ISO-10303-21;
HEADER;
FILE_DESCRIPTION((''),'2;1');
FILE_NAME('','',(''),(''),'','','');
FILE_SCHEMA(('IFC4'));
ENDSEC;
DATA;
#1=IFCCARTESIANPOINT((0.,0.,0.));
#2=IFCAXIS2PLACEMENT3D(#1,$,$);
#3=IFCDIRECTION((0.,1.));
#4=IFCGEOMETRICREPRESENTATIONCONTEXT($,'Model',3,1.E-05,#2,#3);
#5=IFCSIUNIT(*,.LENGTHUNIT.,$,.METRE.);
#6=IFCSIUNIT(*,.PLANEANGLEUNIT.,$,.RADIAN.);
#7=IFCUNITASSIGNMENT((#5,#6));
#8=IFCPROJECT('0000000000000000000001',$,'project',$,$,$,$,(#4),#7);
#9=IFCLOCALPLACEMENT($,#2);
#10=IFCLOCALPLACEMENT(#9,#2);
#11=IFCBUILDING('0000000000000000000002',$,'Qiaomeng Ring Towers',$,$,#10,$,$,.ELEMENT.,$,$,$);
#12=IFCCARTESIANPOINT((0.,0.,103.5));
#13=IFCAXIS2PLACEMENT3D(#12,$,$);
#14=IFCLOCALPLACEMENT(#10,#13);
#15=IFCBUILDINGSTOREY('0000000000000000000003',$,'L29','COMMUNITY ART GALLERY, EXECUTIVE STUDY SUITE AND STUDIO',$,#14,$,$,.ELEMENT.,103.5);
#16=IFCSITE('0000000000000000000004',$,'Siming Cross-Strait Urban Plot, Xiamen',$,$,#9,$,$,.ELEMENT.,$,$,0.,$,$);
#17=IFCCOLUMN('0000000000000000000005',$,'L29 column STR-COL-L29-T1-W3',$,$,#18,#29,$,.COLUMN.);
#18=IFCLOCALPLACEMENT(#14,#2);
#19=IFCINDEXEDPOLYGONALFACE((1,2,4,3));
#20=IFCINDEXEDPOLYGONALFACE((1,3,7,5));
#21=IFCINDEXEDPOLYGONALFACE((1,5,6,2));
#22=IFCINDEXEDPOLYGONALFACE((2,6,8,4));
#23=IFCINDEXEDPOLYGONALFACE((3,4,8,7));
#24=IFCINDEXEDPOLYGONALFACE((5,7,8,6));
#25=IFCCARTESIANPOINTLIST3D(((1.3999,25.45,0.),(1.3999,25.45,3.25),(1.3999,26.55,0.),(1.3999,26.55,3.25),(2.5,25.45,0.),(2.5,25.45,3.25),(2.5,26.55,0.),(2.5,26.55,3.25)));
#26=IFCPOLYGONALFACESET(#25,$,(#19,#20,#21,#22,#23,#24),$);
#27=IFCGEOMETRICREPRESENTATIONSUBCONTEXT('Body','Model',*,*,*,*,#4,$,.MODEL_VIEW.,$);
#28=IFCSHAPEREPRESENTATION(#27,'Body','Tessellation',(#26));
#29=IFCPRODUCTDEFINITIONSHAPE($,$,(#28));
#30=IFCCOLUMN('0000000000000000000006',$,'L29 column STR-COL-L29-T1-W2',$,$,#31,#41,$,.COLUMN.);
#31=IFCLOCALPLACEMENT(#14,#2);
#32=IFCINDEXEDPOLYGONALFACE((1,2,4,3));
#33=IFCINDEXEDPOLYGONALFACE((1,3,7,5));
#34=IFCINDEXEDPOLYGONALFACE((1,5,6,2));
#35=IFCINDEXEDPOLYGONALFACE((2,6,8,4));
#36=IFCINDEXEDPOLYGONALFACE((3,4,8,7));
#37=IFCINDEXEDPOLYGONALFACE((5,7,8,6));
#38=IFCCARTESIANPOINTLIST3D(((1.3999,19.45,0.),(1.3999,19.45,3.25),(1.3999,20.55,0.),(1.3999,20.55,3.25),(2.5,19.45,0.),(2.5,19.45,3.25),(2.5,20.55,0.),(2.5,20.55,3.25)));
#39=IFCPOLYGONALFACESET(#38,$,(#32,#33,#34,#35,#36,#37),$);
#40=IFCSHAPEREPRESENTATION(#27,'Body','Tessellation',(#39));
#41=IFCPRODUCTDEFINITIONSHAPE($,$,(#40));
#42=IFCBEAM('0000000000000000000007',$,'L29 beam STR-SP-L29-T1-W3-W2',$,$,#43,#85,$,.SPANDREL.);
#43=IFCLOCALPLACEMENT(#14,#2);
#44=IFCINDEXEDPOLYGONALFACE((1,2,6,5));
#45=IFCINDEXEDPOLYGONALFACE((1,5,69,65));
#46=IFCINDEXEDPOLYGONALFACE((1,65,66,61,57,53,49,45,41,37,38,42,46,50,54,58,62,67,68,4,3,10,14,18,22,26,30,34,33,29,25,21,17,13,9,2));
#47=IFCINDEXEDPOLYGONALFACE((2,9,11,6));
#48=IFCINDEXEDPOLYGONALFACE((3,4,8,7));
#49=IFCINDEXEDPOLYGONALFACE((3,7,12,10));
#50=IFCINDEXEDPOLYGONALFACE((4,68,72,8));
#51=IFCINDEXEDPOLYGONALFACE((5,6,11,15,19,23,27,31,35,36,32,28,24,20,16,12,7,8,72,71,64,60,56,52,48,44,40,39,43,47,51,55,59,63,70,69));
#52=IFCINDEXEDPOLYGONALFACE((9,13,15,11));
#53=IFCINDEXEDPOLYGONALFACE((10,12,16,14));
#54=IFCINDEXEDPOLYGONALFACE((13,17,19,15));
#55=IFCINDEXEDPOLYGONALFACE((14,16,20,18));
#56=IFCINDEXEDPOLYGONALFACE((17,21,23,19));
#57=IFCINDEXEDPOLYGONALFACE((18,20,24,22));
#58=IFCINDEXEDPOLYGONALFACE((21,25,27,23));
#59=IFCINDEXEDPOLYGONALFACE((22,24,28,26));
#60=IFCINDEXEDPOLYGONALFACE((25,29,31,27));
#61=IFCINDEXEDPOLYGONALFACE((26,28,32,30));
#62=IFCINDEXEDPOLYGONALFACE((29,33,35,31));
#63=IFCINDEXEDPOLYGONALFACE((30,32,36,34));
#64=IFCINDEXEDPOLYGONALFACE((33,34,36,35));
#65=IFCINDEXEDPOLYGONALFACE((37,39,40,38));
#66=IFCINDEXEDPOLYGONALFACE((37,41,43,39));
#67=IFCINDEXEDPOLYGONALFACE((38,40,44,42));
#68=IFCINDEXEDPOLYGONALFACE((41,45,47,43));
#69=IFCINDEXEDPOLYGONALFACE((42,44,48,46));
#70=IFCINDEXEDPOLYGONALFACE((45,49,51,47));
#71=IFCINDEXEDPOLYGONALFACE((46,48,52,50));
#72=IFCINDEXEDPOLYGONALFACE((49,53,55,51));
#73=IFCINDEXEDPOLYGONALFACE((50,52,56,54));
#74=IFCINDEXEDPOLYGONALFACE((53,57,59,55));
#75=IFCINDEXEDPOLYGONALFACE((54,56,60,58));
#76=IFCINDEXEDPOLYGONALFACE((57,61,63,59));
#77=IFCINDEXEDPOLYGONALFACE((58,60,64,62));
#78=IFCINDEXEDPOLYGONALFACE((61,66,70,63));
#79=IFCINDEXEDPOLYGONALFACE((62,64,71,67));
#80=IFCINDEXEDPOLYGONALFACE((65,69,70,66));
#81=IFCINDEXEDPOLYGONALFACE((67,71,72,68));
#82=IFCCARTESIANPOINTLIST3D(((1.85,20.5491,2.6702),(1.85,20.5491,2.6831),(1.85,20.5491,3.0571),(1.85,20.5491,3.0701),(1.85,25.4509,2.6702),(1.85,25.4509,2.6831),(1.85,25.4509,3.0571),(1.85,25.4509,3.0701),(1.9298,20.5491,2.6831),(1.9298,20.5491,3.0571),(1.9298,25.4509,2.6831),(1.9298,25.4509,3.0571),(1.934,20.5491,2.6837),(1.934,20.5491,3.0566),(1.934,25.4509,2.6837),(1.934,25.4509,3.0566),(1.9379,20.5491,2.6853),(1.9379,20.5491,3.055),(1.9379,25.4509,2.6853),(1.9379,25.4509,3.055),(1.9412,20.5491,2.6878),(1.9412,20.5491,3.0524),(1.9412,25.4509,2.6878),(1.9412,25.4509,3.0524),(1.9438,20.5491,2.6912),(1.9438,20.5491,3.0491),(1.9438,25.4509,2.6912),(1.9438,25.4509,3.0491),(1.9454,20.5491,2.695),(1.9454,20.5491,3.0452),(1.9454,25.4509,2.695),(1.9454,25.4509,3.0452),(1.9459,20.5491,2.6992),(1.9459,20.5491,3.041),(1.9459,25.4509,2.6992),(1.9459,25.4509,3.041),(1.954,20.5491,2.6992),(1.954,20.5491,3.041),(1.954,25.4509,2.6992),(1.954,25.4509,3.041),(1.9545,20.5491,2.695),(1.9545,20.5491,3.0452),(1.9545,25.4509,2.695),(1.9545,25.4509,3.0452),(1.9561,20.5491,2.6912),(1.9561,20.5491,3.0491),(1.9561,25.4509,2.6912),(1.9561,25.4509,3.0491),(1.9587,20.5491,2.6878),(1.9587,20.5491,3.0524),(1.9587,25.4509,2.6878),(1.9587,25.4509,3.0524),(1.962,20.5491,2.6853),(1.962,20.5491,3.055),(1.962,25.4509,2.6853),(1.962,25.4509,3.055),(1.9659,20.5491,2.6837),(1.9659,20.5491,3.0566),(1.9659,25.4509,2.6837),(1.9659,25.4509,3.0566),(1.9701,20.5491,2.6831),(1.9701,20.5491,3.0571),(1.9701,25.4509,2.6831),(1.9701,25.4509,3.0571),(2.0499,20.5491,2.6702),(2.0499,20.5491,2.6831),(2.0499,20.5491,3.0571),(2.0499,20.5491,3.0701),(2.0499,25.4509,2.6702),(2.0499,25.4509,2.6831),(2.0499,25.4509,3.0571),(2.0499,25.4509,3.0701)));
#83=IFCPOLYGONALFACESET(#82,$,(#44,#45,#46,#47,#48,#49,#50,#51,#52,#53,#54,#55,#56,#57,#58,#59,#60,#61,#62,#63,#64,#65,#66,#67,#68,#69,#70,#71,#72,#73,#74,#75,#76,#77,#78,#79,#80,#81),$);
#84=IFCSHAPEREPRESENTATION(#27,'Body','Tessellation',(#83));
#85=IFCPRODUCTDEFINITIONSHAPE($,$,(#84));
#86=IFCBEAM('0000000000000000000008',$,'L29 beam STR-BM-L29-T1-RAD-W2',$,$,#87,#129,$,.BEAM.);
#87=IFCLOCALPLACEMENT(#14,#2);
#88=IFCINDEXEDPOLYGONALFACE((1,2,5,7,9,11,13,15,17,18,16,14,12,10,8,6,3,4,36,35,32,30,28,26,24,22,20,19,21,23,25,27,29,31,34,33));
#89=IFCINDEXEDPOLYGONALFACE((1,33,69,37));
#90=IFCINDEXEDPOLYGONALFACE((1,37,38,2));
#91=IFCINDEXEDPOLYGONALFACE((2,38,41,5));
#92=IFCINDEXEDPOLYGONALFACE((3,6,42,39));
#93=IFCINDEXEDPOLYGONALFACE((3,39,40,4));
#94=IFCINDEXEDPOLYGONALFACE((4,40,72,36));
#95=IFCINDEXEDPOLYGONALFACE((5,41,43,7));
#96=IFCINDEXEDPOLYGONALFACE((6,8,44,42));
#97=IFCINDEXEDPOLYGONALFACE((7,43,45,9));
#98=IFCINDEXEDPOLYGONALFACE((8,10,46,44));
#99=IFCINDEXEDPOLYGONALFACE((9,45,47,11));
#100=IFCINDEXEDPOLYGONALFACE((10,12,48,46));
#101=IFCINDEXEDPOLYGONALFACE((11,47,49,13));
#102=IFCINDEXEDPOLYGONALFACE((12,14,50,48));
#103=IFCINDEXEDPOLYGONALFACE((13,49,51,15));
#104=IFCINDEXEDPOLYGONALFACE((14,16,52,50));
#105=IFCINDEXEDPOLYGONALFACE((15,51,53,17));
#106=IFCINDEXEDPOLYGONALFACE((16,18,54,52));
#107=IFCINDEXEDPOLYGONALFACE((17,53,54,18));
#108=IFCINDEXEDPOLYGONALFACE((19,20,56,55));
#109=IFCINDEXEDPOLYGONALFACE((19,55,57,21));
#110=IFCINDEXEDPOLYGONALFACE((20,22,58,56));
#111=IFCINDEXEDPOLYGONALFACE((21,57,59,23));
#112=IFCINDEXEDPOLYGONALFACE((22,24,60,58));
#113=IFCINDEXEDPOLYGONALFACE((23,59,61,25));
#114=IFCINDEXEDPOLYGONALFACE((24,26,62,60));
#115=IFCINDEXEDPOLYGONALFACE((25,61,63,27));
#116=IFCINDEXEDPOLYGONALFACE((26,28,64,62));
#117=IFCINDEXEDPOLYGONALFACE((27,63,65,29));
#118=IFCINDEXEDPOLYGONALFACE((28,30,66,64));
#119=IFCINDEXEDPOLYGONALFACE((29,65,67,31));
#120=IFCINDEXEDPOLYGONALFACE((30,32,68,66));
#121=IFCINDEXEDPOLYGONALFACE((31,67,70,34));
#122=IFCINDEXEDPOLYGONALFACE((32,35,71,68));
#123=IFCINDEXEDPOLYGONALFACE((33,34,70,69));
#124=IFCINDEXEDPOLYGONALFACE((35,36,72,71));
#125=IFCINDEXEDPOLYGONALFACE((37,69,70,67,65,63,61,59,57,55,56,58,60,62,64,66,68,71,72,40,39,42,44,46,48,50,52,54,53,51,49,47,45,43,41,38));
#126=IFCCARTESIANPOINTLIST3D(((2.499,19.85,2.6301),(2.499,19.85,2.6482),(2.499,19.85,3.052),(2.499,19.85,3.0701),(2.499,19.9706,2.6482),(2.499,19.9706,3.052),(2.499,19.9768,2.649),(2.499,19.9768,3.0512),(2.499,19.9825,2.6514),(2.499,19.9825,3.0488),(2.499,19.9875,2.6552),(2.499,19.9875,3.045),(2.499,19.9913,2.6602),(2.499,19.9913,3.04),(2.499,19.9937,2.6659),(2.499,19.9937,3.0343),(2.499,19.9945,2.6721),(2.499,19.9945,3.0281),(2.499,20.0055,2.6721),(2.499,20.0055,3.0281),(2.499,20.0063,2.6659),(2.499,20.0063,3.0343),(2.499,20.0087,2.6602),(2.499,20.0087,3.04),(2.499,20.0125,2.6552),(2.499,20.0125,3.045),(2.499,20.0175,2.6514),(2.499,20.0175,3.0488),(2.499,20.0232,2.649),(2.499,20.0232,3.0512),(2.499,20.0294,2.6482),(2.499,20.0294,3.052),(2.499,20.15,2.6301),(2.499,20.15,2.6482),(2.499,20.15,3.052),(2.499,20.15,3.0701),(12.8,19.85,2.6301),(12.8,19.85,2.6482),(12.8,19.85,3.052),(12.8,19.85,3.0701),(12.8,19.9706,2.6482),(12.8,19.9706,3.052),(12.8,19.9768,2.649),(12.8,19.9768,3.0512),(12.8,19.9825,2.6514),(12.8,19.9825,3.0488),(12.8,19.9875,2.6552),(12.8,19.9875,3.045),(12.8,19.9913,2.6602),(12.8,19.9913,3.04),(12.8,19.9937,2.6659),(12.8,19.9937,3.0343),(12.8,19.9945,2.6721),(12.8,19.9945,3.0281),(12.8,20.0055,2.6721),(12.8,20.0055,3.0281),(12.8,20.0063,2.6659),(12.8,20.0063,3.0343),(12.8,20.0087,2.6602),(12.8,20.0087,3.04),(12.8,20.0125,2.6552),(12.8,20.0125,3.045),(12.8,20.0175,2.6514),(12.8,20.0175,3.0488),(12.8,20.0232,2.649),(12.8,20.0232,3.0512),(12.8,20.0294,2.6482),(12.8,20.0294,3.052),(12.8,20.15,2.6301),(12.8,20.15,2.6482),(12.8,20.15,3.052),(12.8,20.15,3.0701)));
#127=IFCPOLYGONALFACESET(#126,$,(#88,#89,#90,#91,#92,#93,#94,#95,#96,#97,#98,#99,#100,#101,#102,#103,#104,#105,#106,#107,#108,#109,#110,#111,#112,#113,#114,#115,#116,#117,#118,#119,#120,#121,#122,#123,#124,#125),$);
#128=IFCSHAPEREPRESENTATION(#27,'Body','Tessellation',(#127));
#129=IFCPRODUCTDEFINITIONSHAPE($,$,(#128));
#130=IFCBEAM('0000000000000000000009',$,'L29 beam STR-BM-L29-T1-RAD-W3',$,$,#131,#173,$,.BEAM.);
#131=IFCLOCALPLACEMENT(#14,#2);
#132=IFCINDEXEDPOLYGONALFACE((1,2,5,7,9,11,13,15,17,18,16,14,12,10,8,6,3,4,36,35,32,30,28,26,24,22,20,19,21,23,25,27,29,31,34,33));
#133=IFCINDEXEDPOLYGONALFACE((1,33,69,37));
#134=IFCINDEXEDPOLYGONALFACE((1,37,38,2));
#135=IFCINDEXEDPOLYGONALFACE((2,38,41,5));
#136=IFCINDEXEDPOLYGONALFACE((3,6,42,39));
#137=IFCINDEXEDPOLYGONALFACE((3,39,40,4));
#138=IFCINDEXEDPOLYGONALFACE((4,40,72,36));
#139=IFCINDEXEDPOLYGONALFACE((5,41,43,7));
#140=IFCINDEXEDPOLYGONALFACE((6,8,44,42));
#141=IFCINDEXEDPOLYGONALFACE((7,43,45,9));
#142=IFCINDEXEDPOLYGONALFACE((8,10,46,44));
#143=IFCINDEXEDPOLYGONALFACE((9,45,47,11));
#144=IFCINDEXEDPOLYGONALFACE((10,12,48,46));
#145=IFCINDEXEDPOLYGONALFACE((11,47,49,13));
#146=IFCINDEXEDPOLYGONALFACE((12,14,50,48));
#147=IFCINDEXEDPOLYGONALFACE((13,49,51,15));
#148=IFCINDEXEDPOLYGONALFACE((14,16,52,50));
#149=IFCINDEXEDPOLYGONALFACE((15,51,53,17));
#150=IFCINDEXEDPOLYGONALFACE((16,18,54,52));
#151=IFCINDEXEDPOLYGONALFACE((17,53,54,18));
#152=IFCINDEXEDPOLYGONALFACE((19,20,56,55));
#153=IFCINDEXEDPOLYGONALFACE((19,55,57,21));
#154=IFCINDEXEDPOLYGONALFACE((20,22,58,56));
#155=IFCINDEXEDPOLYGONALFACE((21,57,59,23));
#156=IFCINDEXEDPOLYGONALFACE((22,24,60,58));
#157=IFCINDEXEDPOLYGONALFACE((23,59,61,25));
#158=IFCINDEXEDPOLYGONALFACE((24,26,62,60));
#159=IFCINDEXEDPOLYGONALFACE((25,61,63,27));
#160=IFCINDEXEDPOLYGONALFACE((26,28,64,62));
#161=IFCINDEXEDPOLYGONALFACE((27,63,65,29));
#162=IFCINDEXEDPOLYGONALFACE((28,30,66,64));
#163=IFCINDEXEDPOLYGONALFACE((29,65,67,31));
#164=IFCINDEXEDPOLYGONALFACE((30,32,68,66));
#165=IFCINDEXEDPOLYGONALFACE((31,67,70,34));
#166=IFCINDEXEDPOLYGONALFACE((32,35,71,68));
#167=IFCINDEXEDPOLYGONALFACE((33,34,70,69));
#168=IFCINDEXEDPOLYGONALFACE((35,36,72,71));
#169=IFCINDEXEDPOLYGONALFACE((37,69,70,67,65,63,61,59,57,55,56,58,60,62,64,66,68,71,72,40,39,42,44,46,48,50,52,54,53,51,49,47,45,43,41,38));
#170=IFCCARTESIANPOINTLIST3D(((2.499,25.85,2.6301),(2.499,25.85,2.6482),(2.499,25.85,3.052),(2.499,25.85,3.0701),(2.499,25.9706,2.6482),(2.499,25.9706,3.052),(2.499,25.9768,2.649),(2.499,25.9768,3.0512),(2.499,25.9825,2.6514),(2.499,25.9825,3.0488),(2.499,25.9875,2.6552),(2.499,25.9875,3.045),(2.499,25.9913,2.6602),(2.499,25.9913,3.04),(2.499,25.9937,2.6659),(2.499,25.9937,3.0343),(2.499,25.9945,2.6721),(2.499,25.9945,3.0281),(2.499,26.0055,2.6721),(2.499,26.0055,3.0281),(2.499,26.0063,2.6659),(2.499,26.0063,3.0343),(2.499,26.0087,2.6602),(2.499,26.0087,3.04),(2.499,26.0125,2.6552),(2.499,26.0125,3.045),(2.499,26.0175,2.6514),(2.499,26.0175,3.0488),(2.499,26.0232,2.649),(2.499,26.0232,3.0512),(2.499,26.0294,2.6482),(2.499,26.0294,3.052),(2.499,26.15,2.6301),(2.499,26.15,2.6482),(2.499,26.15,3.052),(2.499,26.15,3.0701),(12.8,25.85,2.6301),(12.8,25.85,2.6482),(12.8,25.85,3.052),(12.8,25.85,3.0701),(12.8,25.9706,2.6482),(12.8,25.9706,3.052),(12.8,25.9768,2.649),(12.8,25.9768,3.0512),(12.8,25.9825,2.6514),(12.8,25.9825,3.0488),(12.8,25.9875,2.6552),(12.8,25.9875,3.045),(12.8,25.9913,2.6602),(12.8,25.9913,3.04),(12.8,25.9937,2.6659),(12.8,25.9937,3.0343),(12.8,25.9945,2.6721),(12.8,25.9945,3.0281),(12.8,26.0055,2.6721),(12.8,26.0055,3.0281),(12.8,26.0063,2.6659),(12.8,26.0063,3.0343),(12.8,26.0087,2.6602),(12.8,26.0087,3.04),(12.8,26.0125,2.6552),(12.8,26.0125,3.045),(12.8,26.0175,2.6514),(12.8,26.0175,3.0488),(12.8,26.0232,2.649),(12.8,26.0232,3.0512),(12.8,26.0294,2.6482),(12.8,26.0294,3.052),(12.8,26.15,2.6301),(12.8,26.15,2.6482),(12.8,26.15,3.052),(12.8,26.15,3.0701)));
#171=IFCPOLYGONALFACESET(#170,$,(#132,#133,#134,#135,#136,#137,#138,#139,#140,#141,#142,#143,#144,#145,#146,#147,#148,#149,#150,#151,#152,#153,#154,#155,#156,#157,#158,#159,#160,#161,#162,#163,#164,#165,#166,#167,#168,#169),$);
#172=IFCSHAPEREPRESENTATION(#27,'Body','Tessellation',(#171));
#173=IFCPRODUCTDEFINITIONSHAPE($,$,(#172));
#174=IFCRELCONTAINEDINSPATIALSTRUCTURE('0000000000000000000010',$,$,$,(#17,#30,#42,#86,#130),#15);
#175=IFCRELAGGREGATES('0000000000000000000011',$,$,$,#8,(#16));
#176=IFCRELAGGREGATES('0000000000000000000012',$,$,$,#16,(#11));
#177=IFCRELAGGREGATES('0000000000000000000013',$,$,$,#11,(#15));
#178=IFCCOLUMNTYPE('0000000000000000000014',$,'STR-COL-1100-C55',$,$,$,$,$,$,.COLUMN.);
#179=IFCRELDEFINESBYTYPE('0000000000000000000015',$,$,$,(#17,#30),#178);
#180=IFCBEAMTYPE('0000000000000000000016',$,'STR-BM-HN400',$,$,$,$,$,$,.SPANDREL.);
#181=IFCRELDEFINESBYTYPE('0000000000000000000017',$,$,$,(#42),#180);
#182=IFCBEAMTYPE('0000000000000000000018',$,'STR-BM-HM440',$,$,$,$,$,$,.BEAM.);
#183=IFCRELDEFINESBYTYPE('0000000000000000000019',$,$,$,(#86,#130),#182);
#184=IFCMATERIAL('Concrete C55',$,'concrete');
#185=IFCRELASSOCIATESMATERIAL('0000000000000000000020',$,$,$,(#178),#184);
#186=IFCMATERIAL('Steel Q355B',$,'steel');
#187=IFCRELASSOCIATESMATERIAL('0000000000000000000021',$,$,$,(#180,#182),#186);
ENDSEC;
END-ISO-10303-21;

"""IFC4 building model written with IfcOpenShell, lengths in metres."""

from ifc_helpers import new_model, si_unit, direction, frame, origin, origin_2d, place, context, subcontext, project, spatial, rectangle, i_section, extrude, source, transform, mapped, material, material_profile, profile_set, type_object, element, save


model = new_model("IFC4")

# Units and contexts
model_context = context("Model", 3, precision=1e-05, world=origin(), true_north=direction((0.0, 1.0)))
body_context = subcontext(model_context, "Body", "Model", "MODEL_VIEW")
ifc_project = project(units=[si_unit("LENGTHUNIT", "METRE"), si_unit("PLANEANGLEUNIT", "RADIAN")], contexts=[model_context])

# Site, building, storey
site_placement = place(None, origin())
site = spatial("IfcSite", under=ifc_project, at=site_placement, Name="Siming Cross-Strait Urban Plot, Xiamen", CompositionType="ELEMENT", RefElevation=0.0)
building_placement = place(site_placement, origin())
building = spatial("IfcBuilding", under=site, at=building_placement, Name="Qiaomeng Ring Towers", CompositionType="ELEMENT")
storey_placement = place(building_placement, frame((0.0, 0.0, 103.5)))
storey = spatial("IfcBuildingStorey", under=building, at=storey_placement, Name="L29", Description="COMMUNITY ART GALLERY, EXECUTIVE STUDY SUITE AND STUDIO", CompositionType="ELEMENT", Elevation=103.5)

# Columns
ifc_material_1 = material(Name="Concrete C55", Category="concrete")
ifc_material_profile_1 = material_profile(ifc_material_1, rectangle(XDim=1.1001, YDim=1.1001, at=origin_2d()), Name="RC COL 1100x1100")
ifc_profile_set_1 = profile_set([ifc_material_profile_1], Name="Concrete C55")
column_type = type_object("IfcColumnType", Name="STR-COL-1100-C55", PredefinedType="COLUMN", material=ifc_profile_set_1)
shared_shape_1 = source(origin(), body_context, "Body", "SweptSolid", [
    extrude(rectangle(XDim=1.1001, YDim=1.1001, at=origin_2d()), origin(), (0.0, 0.0, 1.0), 3.25),
])
for number, where, z_axis, x_axis, name in (
    (1, (1.95, 26.0, 0.0), (0.0, 0.0, 1.0), (1.0, 0.0, 0.0), "L29 column STR-COL-L29-T1-W3"),
    (2, (1.95, 20.0, 0.0), (0.0, 0.0, 1.0), (1.0, 0.0, 0.0), "L29 column STR-COL-L29-T1-W2"),
):
    element("IfcColumn", number, at=place(storey_placement, frame(where, z_axis=z_axis, x_axis=x_axis)), inside=storey, type_object=column_type, Name=name, PredefinedType="COLUMN", context=body_context, shape_type="MappedRepresentation", body=[
        mapped(shared_shape_1, transform((0.0, 0.0, 0.0), x_axis=(1.0, 0.0, 0.0), y_axis=(0.0, 1.0, 0.0), z_axis=(0.0, 0.0, 1.0), scale=1.0)),
    ])

# Beams
ifc_material_2 = material(Name="Steel Q355B", Category="steel")
ifc_material_profile_2 = material_profile(ifc_material_2, i_section(OverallWidth=0.2, OverallDepth=0.3999, WebThickness=0.0081, FlangeThickness=0.0129, FilletRadius=0.0161, at=origin_2d()), Name="HN 400x200x8x13")
ifc_profile_set_2 = profile_set([ifc_material_profile_2], Name="Steel Q355B")
beam_type_1 = type_object("IfcBeamType", Name="STR-BM-HN400", PredefinedType="SPANDREL", material=ifc_profile_set_2)
shared_shape_2 = source(origin(), body_context, "Body", "SweptSolid", [
    extrude(i_section(OverallWidth=0.2, OverallDepth=0.3999, WebThickness=0.0081, FlangeThickness=0.0129, FilletRadius=0.0161, at=origin_2d()), origin(), (0.0, 0.0, 1.0), 4.9019),
])
beam_1_placement = place(storey_placement, frame((1.95, 25.4509, 2.8701), z_axis=(0.0, -1.0, 0.0), x_axis=(1.0, 0.0, 0.0)))
element("IfcBeam", 3, at=beam_1_placement, inside=storey, type_object=beam_type_1, Name="L29 beam STR-SP-L29-T1-W3-W2", PredefinedType="SPANDREL", context=body_context, shape_type="MappedRepresentation", body=[
    mapped(shared_shape_2, transform((0.0, 0.0, 0.0), x_axis=(1.0, 0.0, 0.0), y_axis=(0.0, 1.0, 0.0), z_axis=(0.0, 0.0, 1.0), scale=1.0)),
])
ifc_material_profile_3 = material_profile(ifc_material_2, i_section(OverallWidth=0.3, OverallDepth=0.4399, WebThickness=0.011, FlangeThickness=0.0181, FilletRadius=0.0239, at=origin_2d()), Name="HM 440x300x11x18")
ifc_profile_set_3 = profile_set([ifc_material_profile_3], Name="Steel Q355B")
beam_type_2 = type_object("IfcBeamType", Name="STR-BM-HM440", PredefinedType="BEAM", material=ifc_profile_set_3)
shared_shape_3 = source(origin(), body_context, "Body", "SweptSolid", [
    extrude(i_section(OverallWidth=0.3, OverallDepth=0.4399, WebThickness=0.011, FlangeThickness=0.0181, FilletRadius=0.0239, at=origin_2d()), origin(), (0.0, 0.0, 1.0), 10.301),
])
for number, where, z_axis, x_axis, name in (
    (4, (2.499, 20.0, 2.8501), (1.0, 0.0, 0.0), (0.0, 1.0, 0.0), "L29 beam STR-BM-L29-T1-RAD-W2"),
    (5, (2.499, 26.0, 2.8501), (1.0, 0.0, 0.0), (0.0, 1.0, 0.0), "L29 beam STR-BM-L29-T1-RAD-W3"),
):
    element("IfcBeam", number, at=place(storey_placement, frame(where, z_axis=z_axis, x_axis=x_axis)), inside=storey, type_object=beam_type_2, Name=name, PredefinedType="BEAM", context=body_context, shape_type="MappedRepresentation", body=[
        mapped(shared_shape_3, transform((0.0, 0.0, 0.0), x_axis=(1.0, 0.0, 0.0), y_axis=(0.0, 1.0, 0.0), z_axis=(0.0, 0.0, 1.0), scale=1.0)),
    ])

save(model, "model.ifc")
